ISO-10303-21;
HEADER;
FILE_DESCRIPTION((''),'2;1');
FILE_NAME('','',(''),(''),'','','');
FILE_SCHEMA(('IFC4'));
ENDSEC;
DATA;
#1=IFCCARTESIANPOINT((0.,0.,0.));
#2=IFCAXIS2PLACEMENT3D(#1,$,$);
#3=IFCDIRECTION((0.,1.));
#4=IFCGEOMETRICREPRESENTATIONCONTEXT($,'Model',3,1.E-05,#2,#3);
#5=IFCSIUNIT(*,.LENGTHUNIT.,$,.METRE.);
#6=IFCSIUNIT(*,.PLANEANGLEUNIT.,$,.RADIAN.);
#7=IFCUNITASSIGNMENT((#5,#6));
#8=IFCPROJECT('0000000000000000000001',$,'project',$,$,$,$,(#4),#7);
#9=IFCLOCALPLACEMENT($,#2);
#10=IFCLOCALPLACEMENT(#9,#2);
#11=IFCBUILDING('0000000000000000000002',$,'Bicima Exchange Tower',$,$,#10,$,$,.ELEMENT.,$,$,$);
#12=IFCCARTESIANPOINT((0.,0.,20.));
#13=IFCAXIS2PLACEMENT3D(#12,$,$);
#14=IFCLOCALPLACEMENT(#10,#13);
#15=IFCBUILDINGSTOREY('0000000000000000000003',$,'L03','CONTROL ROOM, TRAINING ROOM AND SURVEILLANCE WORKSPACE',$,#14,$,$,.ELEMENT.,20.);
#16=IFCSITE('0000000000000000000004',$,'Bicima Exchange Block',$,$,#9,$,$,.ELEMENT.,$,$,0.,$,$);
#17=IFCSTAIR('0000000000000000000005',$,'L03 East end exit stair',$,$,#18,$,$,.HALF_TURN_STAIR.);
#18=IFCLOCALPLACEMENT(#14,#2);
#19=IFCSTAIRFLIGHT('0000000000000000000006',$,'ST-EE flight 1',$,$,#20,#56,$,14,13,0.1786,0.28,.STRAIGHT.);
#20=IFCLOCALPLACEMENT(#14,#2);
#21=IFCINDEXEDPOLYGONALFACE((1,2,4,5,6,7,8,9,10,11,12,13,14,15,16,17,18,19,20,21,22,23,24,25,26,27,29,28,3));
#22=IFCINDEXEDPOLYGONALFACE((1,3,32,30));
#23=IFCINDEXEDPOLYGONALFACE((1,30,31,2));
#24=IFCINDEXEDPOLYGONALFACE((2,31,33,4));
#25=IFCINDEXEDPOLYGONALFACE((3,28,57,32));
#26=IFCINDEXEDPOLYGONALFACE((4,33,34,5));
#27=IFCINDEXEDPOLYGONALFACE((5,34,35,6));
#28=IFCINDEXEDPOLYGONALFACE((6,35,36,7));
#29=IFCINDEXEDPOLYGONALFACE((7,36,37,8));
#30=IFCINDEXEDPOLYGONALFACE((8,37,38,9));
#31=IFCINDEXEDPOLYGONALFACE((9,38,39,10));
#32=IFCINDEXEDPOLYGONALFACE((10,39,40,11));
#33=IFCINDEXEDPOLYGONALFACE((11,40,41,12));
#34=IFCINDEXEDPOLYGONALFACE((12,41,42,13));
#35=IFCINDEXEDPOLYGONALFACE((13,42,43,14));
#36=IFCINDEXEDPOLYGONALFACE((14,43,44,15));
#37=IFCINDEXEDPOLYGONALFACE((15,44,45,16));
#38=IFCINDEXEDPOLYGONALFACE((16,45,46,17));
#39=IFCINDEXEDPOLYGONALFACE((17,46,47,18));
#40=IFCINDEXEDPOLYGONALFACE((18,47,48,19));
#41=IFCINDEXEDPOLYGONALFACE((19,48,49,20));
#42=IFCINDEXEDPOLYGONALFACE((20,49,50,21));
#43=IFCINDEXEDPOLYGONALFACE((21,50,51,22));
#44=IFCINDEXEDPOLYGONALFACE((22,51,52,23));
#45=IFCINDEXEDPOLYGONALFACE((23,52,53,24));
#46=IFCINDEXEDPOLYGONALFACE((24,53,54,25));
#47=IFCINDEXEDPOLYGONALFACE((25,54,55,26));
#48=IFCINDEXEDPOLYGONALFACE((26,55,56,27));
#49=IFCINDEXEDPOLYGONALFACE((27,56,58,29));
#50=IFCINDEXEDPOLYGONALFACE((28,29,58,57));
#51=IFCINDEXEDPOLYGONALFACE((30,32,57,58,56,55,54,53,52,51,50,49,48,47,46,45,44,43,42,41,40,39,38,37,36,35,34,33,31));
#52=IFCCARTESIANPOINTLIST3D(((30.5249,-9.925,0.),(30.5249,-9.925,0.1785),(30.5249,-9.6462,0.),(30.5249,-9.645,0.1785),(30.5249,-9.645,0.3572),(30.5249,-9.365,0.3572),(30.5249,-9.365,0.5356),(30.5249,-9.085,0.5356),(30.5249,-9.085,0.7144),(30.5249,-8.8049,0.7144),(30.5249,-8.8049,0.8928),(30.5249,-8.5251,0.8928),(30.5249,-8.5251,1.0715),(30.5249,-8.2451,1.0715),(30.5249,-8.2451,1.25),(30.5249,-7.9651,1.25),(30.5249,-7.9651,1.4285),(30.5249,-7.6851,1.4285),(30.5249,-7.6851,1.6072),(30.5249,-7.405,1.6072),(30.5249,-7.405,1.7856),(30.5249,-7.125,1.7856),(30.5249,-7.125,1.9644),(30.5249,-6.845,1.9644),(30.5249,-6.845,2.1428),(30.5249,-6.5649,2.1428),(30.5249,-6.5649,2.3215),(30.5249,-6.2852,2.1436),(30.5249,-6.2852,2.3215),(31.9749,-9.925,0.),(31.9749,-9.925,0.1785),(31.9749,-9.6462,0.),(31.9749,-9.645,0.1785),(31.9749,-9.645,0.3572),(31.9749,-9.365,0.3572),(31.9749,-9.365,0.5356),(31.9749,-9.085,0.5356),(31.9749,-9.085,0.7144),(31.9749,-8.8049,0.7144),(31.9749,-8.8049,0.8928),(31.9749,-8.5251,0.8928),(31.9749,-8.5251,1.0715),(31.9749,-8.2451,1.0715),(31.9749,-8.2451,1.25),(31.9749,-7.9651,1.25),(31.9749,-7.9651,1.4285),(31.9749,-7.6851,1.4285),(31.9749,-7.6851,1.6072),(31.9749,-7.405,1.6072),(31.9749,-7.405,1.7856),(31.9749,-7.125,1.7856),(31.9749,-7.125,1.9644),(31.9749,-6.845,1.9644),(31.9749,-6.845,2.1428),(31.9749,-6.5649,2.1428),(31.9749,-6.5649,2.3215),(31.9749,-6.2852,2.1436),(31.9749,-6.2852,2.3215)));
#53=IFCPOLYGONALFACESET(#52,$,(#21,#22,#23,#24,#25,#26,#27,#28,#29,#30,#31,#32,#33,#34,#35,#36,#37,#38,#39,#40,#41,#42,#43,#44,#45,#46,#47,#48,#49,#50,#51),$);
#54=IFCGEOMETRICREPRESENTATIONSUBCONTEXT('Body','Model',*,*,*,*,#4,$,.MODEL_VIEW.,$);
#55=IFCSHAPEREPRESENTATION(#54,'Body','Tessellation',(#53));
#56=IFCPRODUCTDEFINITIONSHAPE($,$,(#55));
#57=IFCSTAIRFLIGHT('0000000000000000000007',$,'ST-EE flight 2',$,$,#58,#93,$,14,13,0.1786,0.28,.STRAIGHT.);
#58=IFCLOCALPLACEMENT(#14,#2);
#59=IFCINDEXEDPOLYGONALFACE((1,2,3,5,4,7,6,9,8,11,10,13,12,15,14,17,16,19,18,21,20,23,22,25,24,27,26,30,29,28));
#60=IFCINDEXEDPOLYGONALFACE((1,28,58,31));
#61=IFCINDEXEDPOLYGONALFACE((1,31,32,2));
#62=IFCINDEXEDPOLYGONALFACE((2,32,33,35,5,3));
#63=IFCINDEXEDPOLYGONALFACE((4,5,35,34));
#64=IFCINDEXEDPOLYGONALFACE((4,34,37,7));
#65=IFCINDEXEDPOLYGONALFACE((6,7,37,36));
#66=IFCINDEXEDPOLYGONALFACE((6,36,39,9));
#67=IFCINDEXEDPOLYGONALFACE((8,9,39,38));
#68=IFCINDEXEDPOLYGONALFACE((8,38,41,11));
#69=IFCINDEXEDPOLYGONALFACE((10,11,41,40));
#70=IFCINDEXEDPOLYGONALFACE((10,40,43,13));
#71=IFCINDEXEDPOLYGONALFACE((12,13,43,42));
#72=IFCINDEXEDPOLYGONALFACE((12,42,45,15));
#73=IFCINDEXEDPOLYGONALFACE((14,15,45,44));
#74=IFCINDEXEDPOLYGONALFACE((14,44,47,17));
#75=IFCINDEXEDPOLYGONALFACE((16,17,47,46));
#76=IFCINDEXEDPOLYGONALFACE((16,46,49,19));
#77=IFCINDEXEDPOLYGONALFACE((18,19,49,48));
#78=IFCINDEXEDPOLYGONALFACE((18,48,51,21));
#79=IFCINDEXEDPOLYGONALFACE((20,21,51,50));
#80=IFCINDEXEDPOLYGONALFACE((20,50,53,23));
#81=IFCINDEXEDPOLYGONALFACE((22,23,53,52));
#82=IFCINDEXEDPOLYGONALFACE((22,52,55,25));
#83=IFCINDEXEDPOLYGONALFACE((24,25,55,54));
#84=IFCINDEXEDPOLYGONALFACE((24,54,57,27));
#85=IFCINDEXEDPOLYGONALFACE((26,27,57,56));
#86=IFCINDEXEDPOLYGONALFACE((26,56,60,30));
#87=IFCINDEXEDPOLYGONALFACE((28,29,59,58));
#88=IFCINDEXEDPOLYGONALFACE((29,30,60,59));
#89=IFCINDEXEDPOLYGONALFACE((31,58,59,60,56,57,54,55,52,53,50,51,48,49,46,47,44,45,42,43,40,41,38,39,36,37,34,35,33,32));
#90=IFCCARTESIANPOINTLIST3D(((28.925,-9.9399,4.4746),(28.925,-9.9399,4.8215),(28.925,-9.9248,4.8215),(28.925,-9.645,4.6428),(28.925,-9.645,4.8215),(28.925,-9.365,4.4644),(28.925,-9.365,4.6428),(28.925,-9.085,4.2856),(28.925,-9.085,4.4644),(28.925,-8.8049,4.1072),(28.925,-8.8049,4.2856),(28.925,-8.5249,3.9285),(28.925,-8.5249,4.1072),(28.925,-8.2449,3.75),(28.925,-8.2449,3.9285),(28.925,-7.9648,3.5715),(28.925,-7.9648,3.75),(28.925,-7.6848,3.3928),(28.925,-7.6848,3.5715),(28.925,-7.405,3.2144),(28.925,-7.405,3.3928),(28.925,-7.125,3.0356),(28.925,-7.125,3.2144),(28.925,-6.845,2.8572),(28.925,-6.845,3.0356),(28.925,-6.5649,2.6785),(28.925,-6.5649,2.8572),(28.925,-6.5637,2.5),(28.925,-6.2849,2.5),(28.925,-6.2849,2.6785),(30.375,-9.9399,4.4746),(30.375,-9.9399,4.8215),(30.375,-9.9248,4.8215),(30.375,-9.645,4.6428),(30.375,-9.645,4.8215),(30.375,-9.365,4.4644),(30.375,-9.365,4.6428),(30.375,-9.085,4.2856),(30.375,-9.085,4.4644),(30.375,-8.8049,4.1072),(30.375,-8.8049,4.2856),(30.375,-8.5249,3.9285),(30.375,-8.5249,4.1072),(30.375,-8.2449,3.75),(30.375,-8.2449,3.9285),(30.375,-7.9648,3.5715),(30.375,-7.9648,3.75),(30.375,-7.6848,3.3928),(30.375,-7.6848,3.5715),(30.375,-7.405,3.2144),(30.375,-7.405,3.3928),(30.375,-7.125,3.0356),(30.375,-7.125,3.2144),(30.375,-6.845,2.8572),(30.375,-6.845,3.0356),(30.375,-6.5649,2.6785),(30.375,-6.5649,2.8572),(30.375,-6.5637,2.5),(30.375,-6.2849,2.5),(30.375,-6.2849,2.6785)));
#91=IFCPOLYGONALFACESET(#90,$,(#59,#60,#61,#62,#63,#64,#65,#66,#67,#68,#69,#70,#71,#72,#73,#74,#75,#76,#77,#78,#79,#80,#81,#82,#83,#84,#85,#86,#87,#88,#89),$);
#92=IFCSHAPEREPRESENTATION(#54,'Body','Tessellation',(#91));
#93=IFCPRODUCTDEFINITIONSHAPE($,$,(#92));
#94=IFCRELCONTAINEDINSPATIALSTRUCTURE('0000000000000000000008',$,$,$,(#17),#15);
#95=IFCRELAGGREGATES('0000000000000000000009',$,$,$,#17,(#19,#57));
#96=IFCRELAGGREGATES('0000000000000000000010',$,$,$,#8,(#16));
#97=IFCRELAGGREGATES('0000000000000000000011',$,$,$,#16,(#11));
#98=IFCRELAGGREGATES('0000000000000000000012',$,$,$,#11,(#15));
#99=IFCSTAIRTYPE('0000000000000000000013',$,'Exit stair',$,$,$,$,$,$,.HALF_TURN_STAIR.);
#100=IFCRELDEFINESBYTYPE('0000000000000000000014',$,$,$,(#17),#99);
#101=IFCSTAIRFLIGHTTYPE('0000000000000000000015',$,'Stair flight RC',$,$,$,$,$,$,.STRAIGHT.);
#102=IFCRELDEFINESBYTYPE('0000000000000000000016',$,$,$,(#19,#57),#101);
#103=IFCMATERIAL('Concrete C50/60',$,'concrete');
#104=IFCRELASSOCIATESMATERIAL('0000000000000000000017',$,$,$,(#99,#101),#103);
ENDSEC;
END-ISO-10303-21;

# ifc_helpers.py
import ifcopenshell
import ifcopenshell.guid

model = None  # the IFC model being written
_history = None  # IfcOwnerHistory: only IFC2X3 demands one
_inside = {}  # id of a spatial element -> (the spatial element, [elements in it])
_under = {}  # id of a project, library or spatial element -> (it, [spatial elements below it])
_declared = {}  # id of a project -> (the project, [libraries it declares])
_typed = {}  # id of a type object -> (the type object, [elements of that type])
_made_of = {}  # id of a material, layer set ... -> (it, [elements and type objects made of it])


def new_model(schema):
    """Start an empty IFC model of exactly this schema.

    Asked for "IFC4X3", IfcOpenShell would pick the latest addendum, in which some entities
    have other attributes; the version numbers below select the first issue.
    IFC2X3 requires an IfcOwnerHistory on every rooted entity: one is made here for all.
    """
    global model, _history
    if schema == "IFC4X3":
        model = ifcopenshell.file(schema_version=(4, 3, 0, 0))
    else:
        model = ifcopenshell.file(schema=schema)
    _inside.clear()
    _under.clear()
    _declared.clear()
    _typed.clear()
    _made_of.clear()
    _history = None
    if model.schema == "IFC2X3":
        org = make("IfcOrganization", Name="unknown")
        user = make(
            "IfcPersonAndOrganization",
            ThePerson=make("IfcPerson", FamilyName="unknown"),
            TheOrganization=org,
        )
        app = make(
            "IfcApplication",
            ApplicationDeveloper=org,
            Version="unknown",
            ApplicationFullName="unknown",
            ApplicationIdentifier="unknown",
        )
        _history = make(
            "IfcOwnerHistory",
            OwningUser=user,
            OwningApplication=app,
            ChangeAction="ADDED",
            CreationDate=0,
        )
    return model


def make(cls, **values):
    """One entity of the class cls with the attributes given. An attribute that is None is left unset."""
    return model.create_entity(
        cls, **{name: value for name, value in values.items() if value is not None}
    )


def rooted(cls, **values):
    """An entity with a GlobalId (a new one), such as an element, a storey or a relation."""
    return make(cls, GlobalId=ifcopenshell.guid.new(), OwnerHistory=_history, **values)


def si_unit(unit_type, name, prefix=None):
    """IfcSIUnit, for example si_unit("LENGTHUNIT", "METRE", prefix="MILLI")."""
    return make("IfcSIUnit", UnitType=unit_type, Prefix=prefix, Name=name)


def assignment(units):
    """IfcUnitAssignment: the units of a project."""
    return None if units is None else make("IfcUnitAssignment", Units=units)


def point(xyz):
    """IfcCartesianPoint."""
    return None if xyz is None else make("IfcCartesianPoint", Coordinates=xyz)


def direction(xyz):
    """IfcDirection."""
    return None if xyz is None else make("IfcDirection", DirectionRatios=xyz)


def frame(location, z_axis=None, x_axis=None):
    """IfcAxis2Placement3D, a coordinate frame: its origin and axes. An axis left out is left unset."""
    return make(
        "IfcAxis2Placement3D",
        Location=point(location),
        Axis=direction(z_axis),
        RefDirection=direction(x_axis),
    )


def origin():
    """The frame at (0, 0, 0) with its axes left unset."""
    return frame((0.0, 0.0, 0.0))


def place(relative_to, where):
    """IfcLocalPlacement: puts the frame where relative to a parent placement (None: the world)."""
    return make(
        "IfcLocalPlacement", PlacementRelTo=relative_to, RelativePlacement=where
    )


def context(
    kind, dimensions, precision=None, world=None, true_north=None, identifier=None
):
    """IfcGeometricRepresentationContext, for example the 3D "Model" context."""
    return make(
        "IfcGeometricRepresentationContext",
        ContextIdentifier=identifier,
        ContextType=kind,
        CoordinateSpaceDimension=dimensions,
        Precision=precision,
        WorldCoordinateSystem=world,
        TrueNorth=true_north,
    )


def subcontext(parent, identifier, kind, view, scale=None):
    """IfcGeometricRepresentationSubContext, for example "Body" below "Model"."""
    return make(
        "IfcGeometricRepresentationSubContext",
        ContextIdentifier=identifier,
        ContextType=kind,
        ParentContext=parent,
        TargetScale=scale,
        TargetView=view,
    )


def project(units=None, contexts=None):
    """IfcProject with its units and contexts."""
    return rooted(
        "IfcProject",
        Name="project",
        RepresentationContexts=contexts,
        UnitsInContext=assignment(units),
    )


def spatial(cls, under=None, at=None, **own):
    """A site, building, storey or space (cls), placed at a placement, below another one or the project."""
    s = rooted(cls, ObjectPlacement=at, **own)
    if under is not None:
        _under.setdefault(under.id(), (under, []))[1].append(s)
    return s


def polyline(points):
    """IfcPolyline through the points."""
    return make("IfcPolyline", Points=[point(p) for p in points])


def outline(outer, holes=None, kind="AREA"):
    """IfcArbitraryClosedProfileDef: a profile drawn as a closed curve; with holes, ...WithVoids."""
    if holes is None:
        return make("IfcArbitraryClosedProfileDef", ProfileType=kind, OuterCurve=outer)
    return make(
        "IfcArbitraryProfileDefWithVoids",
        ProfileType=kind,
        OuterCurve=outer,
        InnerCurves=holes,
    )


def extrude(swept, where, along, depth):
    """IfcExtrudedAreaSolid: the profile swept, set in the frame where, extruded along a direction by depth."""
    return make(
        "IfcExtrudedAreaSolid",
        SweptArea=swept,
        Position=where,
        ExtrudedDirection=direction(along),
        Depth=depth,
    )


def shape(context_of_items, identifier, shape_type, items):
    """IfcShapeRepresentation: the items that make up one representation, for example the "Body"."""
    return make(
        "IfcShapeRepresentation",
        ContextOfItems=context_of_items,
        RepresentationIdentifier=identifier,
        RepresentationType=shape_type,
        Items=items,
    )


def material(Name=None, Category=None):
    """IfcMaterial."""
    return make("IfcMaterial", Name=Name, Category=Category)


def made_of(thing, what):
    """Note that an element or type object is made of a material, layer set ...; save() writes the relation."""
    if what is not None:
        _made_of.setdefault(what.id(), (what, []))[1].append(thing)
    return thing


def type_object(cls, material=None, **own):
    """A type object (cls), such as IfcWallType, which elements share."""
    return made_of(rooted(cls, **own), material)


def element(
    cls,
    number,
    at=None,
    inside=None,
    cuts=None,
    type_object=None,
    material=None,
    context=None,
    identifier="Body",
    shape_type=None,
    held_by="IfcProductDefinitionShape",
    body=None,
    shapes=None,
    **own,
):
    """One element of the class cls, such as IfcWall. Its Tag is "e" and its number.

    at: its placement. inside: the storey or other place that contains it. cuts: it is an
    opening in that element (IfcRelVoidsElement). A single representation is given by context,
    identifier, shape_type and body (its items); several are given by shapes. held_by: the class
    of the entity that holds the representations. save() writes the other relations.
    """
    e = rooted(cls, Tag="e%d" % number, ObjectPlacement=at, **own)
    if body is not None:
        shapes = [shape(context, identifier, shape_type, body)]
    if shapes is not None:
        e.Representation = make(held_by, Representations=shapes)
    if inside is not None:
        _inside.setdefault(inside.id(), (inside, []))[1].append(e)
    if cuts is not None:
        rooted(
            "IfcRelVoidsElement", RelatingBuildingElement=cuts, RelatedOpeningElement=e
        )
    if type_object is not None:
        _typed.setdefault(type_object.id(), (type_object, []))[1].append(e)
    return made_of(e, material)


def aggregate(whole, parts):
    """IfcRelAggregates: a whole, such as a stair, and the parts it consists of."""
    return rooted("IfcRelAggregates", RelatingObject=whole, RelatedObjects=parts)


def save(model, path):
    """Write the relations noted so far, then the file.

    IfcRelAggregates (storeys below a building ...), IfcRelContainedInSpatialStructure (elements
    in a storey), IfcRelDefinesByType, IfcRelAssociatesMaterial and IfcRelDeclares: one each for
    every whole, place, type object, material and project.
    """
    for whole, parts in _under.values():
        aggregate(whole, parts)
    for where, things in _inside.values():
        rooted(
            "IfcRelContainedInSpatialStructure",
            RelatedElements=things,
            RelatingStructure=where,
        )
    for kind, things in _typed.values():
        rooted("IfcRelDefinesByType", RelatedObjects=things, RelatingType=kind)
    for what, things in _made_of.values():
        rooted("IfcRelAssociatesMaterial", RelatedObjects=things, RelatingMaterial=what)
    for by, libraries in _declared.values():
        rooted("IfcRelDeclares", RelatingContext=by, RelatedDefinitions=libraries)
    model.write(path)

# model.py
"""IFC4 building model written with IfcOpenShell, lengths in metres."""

from ifc_helpers import new_model, si_unit, direction, frame, origin, place, context, subcontext, project, spatial, polyline, outline, extrude, material, type_object, element, aggregate, save


model = new_model("IFC4")

# Units and contexts
model_context = context("Model", 3, precision=1e-05, world=origin(), true_north=direction((0.0, 1.0)))
body_context = subcontext(model_context, "Body", "Model", "MODEL_VIEW")
ifc_project = project(units=[si_unit("LENGTHUNIT", "METRE"), si_unit("PLANEANGLEUNIT", "RADIAN")], contexts=[model_context])

# Site, building, storey
site_placement = place(None, origin())
site = spatial("IfcSite", under=ifc_project, at=site_placement, Name="Bicima Exchange Block", CompositionType="ELEMENT", RefElevation=0.0)
building_placement = place(site_placement, origin())
building = spatial("IfcBuilding", under=site, at=building_placement, Name="Bicima Exchange Tower", CompositionType="ELEMENT")
storey_placement = place(building_placement, frame((0.0, 0.0, 20.0)))
storey = spatial("IfcBuildingStorey", under=building, at=storey_placement, Name="L03", Description="CONTROL ROOM, TRAINING ROOM AND SURVEILLANCE WORKSPACE", CompositionType="ELEMENT", Elevation=20.0)

# Shared definitions
ifc_material_1 = material(Name="Concrete C50/60", Category="concrete")

# Stair, stair flights
stair_type = type_object("IfcStairType", Name="Exit stair", PredefinedType="HALF_TURN_STAIR", material=ifc_material_1)
stair_placement = place(storey_placement, origin())
stair = element("IfcStair", 1, at=stair_placement, inside=storey, type_object=stair_type, Name="L03 East end exit stair", PredefinedType="HALF_TURN_STAIR")
stair_flight_type = type_object("IfcStairFlightType", Name="Stair flight RC", PredefinedType="STRAIGHT", material=ifc_material_1)
stair_flight_1_placement = place(storey_placement, frame((31.25, -9.925, 0.0), z_axis=(0.0, 0.0, 1.0), x_axis=(0.0, 1.0, 0.0)))
stair_flight_1 = element("IfcStairFlight", 2, at=stair_flight_1_placement, type_object=stair_flight_type, Name="ST-EE flight 1", NumberOfRisers=14, NumberOfTreads=13, PredefinedType="STRAIGHT", RiserHeight=0.1786, TreadLength=0.28, context=body_context, shape_type="SweptSolid", body=[
    extrude(outline(polyline([(0.0, 0.0), (0.0, 0.1785), (0.28, 0.1785), (0.28, 0.3572), (0.5601, 0.3572), (0.5601, 0.5356), (0.8401, 0.5356), (0.8401, 0.7144), (1.1201, 0.7144), (1.1201, 0.8928), (1.3999, 0.8928), (1.3999, 1.0715), (1.6799, 1.0715), (1.6799, 1.25), (1.96, 1.25), (1.96, 1.4285), (2.24, 1.4285), (2.24, 1.6072), (2.52, 1.6072), (2.52, 1.7856), (2.8, 1.7856), (2.8, 1.9644), (3.0801, 1.9644), (3.0801, 2.1428), (3.3601, 2.1428), (3.3601, 2.3215), (3.6399, 2.3215), (3.6399, 2.5), (3.6399, 2.1436), (0.2788, 0.0), (0.0, 0.0)])), frame((0.0, 0.7251, 0.0), z_axis=(0.0, -1.0, 0.0), x_axis=(1.0, 0.0, 0.0)), (0.0, 0.0, 1.0), 1.45),
])
stair_flight_2_placement = place(storey_placement, frame((29.6499, -6.2849, 2.5), z_axis=(0.0, 0.0, 1.0), x_axis=(0.0, -1.0, 0.0)))
stair_flight_2 = element("IfcStairFlight", 3, at=stair_flight_2_placement, type_object=stair_flight_type, Name="ST-EE flight 2", NumberOfRisers=14, NumberOfTreads=13, PredefinedType="STRAIGHT", RiserHeight=0.1786, TreadLength=0.28, context=body_context, shape_type="SweptSolid", body=[
    extrude(outline(polyline([(0.0, 0.0), (0.0, 0.1785), (0.28, 0.1785), (0.28, 0.3572), (0.5601, 0.3572), (0.5601, 0.5356), (0.8401, 0.5356), (0.8401, 0.7144), (1.1201, 0.7144), (1.1201, 0.8928), (1.3999, 0.8928), (1.3999, 1.0715), (1.6799, 1.0715), (1.6799, 1.25), (1.96, 1.25), (1.96, 1.4285), (2.24, 1.4285), (2.24, 1.6072), (2.52, 1.6072), (2.52, 1.7856), (2.8, 1.7856), (2.8, 1.9644), (3.0801, 1.9644), (3.0801, 2.1428), (3.3601, 2.1428), (3.3601, 2.3215), (3.6399, 2.3215), (3.655, 2.3215), (3.655, 1.9746), (0.2788, 0.0), (0.0, 0.0)])), frame((0.0, 0.7251, 0.0), z_axis=(0.0, -1.0, 0.0), x_axis=(1.0, 0.0, 0.0)), (0.0, 0.0, 1.0), 1.45),
])
aggregate(stair, [stair_flight_1, stair_flight_2])

save(model, "model.ifc")
